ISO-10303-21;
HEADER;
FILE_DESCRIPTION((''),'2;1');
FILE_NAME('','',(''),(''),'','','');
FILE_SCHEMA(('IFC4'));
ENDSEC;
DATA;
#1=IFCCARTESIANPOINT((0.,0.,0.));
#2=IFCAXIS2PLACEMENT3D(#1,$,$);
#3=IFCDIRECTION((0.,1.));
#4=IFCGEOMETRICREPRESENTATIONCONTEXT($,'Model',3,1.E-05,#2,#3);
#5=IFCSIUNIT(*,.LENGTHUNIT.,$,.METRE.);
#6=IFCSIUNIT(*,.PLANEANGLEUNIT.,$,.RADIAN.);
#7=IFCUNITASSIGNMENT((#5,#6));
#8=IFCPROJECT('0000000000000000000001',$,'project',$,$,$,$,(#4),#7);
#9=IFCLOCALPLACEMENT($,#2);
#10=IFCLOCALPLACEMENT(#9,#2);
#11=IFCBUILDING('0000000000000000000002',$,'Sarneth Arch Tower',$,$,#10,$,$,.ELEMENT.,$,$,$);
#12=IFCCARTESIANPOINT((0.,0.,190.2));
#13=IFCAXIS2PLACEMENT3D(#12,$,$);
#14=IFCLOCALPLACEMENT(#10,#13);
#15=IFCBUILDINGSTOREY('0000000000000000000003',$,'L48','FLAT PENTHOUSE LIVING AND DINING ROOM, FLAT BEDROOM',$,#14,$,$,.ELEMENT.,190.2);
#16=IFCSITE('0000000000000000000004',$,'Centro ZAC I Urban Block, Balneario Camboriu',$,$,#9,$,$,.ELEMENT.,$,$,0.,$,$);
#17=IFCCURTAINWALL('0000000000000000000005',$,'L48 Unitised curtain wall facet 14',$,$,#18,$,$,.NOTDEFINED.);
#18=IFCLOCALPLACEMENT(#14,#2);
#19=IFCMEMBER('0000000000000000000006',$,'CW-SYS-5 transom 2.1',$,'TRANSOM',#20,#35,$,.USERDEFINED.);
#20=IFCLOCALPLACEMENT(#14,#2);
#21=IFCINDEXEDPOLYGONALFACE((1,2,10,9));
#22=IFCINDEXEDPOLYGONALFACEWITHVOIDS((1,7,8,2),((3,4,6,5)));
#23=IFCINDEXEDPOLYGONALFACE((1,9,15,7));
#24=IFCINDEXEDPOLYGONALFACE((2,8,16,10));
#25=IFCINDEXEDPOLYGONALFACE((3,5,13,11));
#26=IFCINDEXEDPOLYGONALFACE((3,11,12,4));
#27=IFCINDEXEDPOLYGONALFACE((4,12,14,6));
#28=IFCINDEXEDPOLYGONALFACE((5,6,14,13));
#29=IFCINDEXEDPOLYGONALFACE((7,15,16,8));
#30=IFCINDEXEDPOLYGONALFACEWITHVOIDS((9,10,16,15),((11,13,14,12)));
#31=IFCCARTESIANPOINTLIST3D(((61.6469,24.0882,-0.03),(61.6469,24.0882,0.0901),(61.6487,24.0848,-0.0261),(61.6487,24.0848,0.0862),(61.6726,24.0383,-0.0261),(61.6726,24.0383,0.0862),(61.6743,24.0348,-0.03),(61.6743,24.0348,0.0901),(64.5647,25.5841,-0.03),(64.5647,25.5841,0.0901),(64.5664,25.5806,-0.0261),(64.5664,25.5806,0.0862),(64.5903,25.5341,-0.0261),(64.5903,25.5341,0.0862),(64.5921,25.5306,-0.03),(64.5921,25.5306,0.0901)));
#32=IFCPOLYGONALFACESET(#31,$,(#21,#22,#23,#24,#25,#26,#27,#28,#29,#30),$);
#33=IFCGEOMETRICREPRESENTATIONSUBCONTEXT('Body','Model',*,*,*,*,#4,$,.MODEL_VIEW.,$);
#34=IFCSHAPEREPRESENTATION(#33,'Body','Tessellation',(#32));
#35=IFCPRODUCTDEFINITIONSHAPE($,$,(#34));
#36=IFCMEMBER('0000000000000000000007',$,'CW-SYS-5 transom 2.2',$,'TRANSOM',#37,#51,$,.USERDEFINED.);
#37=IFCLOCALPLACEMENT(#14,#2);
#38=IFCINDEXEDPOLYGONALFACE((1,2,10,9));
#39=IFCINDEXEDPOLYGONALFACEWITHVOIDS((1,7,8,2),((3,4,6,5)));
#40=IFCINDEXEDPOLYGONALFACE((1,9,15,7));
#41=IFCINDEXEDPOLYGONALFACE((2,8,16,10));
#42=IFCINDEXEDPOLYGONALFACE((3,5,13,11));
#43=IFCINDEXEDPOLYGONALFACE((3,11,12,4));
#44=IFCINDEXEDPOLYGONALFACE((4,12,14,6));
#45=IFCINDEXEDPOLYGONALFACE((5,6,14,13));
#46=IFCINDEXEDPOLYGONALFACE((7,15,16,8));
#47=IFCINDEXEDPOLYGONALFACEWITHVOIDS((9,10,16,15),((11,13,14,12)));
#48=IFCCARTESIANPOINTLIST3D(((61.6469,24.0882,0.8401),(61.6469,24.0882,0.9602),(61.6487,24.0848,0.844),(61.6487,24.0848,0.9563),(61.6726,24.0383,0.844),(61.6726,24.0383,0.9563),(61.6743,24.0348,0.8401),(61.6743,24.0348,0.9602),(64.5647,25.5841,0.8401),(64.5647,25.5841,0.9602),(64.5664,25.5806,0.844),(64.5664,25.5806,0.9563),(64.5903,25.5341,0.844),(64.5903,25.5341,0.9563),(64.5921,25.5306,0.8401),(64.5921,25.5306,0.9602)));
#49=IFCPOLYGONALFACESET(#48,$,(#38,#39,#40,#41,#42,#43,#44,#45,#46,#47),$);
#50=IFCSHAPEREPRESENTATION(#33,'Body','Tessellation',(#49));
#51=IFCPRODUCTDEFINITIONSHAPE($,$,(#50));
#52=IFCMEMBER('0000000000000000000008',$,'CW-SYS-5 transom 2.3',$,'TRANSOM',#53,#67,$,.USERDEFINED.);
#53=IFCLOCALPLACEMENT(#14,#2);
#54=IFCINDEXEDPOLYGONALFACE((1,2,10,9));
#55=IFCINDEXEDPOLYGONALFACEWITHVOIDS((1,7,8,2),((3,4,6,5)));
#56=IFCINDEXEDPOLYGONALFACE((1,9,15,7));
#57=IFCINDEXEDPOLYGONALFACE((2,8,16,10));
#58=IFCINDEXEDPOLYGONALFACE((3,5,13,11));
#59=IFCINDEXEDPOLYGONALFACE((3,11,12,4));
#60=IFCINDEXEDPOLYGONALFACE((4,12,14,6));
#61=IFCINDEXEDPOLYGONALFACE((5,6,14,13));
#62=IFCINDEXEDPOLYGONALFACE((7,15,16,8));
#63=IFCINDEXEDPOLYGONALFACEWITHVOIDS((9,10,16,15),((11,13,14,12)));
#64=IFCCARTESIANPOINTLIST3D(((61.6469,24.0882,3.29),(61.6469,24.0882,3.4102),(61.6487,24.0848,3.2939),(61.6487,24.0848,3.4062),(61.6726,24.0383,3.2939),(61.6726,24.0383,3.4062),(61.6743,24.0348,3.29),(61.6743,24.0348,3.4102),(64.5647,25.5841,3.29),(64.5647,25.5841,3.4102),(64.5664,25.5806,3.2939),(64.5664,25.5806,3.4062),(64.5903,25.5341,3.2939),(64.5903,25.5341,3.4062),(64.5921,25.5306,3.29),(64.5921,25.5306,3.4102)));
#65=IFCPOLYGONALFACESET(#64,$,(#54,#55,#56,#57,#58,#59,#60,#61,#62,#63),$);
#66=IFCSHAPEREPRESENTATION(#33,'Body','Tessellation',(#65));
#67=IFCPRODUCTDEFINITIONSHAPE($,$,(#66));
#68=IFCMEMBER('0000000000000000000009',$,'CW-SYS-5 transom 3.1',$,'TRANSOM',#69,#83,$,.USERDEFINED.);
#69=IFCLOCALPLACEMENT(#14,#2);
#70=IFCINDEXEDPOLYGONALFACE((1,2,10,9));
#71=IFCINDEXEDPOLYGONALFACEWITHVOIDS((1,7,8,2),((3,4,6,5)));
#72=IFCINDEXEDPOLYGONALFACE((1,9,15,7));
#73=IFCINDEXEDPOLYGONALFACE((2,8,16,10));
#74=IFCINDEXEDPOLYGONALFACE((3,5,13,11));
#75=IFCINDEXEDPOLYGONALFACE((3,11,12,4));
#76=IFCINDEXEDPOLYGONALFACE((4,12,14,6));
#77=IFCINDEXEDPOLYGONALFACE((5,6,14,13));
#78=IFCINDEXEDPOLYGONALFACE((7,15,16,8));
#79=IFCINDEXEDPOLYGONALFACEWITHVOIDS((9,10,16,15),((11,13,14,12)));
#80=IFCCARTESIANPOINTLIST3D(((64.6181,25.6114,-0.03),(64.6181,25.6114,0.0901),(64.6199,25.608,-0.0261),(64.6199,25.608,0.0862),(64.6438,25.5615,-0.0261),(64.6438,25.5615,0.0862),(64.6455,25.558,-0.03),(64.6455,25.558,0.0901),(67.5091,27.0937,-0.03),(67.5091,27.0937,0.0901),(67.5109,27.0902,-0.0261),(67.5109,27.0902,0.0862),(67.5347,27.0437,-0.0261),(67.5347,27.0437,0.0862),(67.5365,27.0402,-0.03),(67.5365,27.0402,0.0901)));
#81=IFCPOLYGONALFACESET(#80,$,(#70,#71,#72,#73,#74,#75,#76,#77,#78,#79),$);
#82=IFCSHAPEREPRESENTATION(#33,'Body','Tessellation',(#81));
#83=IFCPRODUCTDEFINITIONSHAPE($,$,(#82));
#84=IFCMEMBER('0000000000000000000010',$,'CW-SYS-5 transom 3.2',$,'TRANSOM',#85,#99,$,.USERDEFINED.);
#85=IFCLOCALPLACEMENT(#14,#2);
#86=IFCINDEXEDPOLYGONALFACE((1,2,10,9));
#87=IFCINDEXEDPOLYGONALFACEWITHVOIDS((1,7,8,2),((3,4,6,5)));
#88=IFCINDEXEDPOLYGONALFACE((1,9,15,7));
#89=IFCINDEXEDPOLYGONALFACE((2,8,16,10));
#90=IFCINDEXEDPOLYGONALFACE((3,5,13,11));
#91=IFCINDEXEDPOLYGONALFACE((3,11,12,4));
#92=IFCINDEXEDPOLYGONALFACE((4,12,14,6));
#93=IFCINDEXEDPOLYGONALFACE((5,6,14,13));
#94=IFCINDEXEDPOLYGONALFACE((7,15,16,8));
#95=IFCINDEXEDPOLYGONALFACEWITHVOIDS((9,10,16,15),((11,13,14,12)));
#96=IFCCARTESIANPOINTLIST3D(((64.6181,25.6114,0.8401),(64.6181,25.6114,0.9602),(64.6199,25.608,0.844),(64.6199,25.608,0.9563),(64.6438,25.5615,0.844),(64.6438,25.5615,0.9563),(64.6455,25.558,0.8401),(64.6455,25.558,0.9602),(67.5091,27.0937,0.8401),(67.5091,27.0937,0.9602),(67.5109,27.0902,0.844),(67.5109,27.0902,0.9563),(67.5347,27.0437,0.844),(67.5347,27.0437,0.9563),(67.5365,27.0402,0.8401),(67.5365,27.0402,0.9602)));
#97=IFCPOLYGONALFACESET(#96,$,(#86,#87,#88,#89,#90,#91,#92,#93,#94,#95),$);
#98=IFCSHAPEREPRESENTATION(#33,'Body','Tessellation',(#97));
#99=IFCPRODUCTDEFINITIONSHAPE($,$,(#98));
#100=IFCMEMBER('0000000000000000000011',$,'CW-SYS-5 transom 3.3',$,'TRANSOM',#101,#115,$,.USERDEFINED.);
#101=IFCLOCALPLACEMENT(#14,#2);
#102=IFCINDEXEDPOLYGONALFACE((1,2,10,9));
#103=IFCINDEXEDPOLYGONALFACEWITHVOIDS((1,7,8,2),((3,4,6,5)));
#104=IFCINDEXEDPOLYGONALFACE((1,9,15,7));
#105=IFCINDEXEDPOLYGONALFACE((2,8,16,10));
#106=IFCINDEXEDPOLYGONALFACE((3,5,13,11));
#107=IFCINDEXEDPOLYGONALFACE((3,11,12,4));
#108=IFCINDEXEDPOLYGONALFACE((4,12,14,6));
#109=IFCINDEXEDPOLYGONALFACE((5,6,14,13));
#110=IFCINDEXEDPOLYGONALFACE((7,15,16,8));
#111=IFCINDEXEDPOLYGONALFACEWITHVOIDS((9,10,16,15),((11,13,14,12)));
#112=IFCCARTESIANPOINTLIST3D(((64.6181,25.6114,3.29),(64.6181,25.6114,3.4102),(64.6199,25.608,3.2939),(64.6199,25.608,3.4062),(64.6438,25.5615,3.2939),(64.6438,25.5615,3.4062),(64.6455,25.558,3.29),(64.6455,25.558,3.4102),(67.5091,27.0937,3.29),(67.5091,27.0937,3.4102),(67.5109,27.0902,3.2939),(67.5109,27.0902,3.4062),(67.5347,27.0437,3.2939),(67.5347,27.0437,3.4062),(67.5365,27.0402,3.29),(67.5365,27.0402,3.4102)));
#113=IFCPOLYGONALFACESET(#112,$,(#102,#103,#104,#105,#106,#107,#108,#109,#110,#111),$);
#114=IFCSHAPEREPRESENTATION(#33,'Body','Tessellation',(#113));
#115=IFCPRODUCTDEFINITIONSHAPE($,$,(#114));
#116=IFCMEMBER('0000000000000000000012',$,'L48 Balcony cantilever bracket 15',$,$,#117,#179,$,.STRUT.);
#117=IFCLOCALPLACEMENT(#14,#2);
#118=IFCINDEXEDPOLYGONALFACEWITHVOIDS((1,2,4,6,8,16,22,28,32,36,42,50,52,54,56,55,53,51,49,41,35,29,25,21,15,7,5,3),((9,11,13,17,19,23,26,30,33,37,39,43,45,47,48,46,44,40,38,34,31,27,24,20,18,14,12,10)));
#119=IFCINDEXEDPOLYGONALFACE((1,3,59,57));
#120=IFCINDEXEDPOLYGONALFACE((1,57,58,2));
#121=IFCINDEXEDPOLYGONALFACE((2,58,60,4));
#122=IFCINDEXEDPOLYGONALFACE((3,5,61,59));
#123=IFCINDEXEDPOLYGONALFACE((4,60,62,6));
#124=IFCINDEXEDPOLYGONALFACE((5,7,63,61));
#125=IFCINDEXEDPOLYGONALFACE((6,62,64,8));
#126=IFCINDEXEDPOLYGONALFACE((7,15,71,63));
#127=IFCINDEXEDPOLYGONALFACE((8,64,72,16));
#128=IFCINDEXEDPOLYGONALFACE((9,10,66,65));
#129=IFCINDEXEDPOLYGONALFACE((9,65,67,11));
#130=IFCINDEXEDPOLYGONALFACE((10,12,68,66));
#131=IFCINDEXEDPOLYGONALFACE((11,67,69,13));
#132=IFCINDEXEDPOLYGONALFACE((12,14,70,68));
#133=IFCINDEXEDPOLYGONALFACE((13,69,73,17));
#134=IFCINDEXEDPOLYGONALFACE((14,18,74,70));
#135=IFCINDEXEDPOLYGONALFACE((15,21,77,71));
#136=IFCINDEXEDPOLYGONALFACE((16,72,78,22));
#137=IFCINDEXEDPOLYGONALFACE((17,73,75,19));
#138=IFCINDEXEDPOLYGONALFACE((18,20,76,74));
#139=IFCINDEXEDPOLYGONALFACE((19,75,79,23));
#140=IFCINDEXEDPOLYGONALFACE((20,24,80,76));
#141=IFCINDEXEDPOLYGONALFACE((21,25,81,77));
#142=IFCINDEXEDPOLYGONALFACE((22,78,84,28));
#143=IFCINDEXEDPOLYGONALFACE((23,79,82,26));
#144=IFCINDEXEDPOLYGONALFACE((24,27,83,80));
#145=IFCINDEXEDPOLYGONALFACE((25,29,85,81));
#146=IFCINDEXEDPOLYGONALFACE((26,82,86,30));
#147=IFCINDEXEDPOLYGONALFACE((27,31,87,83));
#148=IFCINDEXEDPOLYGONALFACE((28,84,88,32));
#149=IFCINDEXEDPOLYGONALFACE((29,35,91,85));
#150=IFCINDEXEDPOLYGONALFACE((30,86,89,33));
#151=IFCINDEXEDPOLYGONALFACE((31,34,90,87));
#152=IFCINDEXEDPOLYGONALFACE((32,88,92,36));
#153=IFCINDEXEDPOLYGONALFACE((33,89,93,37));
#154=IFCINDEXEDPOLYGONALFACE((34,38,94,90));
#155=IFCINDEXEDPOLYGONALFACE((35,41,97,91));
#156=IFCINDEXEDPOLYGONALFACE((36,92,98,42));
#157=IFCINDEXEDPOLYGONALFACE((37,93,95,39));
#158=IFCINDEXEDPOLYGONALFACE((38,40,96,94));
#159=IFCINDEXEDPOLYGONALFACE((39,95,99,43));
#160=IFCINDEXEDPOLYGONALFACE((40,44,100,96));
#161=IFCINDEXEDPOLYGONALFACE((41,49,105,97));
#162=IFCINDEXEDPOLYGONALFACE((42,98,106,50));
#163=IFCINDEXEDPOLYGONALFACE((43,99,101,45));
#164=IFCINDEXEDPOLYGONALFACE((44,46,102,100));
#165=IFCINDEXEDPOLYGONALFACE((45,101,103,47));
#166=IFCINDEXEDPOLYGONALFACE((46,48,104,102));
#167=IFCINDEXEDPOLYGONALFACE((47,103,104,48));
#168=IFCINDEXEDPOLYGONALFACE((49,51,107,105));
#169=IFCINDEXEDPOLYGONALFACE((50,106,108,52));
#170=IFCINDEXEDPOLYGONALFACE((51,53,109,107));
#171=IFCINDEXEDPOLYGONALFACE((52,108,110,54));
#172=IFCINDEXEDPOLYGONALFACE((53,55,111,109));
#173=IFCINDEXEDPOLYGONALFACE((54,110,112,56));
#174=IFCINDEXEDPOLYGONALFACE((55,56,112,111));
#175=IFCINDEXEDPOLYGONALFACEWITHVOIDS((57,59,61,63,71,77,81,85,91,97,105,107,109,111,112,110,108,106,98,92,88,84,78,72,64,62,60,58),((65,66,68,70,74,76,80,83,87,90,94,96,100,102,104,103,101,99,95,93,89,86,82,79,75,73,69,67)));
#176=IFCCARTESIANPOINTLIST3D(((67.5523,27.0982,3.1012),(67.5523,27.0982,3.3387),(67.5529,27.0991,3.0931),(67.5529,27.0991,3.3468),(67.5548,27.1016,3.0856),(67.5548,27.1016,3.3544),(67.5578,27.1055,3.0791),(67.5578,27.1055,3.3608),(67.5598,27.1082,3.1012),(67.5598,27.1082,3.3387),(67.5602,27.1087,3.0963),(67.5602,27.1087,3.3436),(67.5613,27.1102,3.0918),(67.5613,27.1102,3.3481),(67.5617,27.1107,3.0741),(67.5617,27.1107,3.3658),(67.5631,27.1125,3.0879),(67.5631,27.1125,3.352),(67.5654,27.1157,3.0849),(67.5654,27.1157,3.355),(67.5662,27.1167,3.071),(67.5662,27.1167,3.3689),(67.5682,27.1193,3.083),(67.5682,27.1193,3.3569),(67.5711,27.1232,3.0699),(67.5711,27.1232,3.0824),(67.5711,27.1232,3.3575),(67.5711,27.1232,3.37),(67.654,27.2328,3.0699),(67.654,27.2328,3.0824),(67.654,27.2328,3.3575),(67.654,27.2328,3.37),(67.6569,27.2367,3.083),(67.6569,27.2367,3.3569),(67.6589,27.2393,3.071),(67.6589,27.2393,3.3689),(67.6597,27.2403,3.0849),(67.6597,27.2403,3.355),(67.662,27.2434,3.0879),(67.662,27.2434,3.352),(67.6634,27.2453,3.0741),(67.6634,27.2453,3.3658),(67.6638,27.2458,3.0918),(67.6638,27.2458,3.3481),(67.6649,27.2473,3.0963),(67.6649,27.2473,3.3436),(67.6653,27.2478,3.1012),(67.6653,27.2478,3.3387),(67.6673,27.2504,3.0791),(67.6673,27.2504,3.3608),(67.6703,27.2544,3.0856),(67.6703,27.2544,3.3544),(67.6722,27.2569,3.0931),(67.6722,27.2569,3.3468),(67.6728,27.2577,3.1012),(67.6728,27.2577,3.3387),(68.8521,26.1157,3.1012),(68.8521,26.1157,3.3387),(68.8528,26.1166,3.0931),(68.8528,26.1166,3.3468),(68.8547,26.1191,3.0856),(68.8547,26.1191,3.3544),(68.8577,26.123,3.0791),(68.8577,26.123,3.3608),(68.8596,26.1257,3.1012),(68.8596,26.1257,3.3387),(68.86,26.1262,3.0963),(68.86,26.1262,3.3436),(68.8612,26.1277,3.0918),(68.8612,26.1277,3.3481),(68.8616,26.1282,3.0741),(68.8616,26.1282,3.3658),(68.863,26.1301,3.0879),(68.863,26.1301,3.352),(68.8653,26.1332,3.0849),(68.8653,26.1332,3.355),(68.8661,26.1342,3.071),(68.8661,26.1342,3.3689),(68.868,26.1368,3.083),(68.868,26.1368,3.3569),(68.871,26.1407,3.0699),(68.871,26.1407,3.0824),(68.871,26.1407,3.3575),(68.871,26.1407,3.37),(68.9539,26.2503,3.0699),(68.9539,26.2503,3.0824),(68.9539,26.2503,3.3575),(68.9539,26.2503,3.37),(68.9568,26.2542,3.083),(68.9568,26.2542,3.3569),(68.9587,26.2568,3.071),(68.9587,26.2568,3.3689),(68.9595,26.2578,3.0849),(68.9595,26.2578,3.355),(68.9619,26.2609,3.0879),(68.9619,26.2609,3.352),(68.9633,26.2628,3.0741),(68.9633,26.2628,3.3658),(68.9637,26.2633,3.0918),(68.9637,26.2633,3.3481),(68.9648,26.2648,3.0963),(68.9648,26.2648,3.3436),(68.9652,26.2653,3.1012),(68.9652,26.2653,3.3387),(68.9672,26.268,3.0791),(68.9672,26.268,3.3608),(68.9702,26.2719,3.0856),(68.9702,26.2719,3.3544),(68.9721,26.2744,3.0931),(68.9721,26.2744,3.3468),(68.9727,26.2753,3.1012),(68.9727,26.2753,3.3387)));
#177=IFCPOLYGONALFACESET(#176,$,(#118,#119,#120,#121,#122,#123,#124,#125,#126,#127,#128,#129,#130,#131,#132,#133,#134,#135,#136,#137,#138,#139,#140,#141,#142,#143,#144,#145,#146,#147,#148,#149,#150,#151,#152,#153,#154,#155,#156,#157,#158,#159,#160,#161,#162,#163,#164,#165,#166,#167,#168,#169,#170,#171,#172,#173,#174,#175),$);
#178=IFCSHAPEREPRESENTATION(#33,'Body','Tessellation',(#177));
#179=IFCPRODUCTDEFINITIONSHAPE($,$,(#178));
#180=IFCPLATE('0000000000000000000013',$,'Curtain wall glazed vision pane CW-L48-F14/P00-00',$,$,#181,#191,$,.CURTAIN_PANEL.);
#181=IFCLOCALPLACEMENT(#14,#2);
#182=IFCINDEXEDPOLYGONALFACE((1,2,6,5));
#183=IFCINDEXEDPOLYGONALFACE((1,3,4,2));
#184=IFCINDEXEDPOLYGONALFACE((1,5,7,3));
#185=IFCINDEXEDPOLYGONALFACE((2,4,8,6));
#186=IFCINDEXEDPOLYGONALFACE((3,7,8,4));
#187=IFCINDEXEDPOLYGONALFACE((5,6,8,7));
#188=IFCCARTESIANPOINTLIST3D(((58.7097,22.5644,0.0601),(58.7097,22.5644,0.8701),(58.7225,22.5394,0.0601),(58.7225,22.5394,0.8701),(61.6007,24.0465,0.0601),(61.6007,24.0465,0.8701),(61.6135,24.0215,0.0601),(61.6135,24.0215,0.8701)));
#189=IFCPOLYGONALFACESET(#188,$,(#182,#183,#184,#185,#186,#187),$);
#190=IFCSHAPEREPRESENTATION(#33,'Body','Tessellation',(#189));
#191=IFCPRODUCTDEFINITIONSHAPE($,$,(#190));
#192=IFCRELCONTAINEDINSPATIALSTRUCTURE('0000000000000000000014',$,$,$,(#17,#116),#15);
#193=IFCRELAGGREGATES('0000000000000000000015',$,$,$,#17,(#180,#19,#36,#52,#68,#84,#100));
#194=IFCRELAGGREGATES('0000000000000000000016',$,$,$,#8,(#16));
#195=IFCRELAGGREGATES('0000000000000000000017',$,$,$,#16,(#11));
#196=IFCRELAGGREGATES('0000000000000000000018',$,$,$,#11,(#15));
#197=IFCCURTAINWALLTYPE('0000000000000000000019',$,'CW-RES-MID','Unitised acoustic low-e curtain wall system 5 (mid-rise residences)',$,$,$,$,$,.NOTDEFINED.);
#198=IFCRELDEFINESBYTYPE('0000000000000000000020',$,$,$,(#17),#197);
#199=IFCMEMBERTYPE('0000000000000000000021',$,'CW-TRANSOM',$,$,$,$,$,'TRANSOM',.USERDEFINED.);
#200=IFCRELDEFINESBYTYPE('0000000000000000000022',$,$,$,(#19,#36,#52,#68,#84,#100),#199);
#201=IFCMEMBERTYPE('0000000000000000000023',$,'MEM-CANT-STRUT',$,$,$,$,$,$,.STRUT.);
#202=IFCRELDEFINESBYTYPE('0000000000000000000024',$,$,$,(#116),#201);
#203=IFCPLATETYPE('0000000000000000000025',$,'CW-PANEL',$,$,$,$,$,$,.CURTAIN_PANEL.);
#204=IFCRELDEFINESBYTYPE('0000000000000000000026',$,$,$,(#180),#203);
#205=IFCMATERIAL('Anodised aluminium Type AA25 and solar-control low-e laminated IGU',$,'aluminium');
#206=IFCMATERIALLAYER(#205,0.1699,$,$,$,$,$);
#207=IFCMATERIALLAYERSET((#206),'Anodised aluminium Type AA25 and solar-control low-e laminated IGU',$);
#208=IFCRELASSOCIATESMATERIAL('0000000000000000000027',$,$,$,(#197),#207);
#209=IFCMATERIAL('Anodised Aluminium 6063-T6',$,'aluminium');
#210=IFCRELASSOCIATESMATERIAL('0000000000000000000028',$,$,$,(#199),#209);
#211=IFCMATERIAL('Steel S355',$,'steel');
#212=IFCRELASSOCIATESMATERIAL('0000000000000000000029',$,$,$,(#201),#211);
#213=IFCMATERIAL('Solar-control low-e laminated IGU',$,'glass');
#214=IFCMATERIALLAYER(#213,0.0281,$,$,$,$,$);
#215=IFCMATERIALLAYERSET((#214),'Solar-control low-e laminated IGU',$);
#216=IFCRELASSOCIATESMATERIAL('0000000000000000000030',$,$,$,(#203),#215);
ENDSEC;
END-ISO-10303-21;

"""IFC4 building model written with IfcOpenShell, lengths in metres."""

from ifc_helpers import new_model, si_unit, direction, frame, origin, origin_2d, place, context, subcontext, project, spatial, rectangle, hollow_rectangle, extrude, material, layer, layer_set, material_profile, profile_set, type_object, element, aggregate, save


model = new_model("IFC4")

# Units and contexts
model_context = context("Model", 3, precision=1e-05, world=origin(), true_north=direction((0.0, 1.0)))
body_context = subcontext(model_context, "Body", "Model", "MODEL_VIEW")
ifc_project = project(units=[si_unit("LENGTHUNIT", "METRE"), si_unit("PLANEANGLEUNIT", "RADIAN")], contexts=[model_context])

# Site, building, storey
site_placement = place(None, origin())
site = spatial("IfcSite", under=ifc_project, at=site_placement, Name="Centro ZAC I Urban Block, Balneario Camboriu", CompositionType="ELEMENT", RefElevation=0.0)
building_placement = place(site_placement, origin())
building = spatial("IfcBuilding", under=site, at=building_placement, Name="Sarneth Arch Tower", CompositionType="ELEMENT")
storey_placement = place(building_placement, frame((0.0, 0.0, 190.2)))
storey = spatial("IfcBuildingStorey", under=building, at=storey_placement, Name="L48", Description="FLAT PENTHOUSE LIVING AND DINING ROOM, FLAT BEDROOM", CompositionType="ELEMENT", Elevation=190.2)

# Curtain wall, members
ifc_material_1 = material(Name="Anodised aluminium Type AA25 and solar-control low-e laminated IGU", Category="aluminium")
ifc_layer_1 = layer(ifc_material_1, 0.1699)
ifc_layer_set_1 = layer_set([ifc_layer_1], Name="Anodised aluminium Type AA25 and solar-control low-e laminated IGU")
curtain_wall_type = type_object("IfcCurtainWallType", Name="CW-RES-MID", Description="Unitised acoustic low-e curtain wall system 5 (mid-rise residences)", PredefinedType="NOTDEFINED", material=ifc_layer_set_1)
curtain_wall_placement = place(storey_placement, origin())
curtain_wall = element("IfcCurtainWall", 1, at=curtain_wall_placement, inside=storey, type_object=curtain_wall_type, Name="L48 Unitised curtain wall facet 14", PredefinedType="NOTDEFINED")
ifc_material_2 = material(Name="Anodised Aluminium 6063-T6", Category="aluminium")
ifc_material_profile_1 = material_profile(ifc_material_2, hollow_rectangle(XDim=0.0601, YDim=0.1201, WallThickness=0.0039, at=origin_2d()), Name="AL-TRAN-120x60x4")
ifc_profile_set_1 = profile_set([ifc_material_profile_1], Name="Anodised Aluminium 6063-T6")
member_type_1 = type_object("IfcMemberType", Name="CW-TRANSOM", ElementType="TRANSOM", PredefinedType="USERDEFINED", material=ifc_profile_set_1)
member_1_placement = place(storey_placement, frame((61.6606, 24.0615, 0.03), z_axis=(0.889869, 0.456215, 0.0), x_axis=(-0.456215, 0.889869, 0.0)))
member_1 = element("IfcMember", 2, at=member_1_placement, type_object=member_type_1, Name="CW-SYS-5 transom 2.1", ObjectType="TRANSOM", PredefinedType="USERDEFINED", context=body_context, shape_type="SweptSolid", body=[
    extrude(hollow_rectangle(XDim=0.0601, YDim=0.1201, WallThickness=0.0039, at=origin_2d()), origin(), (0.0, 0.0, 1.0), 3.2788),
])
member_2_placement = place(storey_placement, frame((61.6606, 24.0615, 0.9001), z_axis=(0.889869, 0.456215, 0.0), x_axis=(-0.456215, 0.889869, 0.0)))
member_2 = element("IfcMember", 3, at=member_2_placement, type_object=member_type_1, Name="CW-SYS-5 transom 2.2", ObjectType="TRANSOM", PredefinedType="USERDEFINED", context=body_context, shape_type="SweptSolid", body=[
    extrude(hollow_rectangle(XDim=0.0601, YDim=0.1201, WallThickness=0.0039, at=origin_2d()), origin(), (0.0, 0.0, 1.0), 3.2788),
])
member_3_placement = place(storey_placement, frame((61.6606, 24.0615, 3.3501), z_axis=(0.889869, 0.456215, 0.0), x_axis=(-0.456215, 0.889869, 0.0)))
member_3 = element("IfcMember", 4, at=member_3_placement, type_object=member_type_1, Name="CW-SYS-5 transom 2.3", ObjectType="TRANSOM", PredefinedType="USERDEFINED", context=body_context, shape_type="SweptSolid", body=[
    extrude(hollow_rectangle(XDim=0.0601, YDim=0.1201, WallThickness=0.0039, at=origin_2d()), origin(), (0.0, 0.0, 1.0), 3.2788),
])
member_4_placement = place(storey_placement, frame((64.6318, 25.5847, 0.03), z_axis=(0.889857, 0.456239, 0.0), x_axis=(-0.456239, 0.889857, 0.0)))
member_4 = element("IfcMember", 5, at=member_4_placement, type_object=member_type_1, Name="CW-SYS-5 transom 3.1", ObjectType="TRANSOM", PredefinedType="USERDEFINED", context=body_context, shape_type="SweptSolid", body=[
    extrude(hollow_rectangle(XDim=0.0601, YDim=0.1201, WallThickness=0.0039, at=origin_2d()), origin(), (0.0, 0.0, 1.0), 3.2488),
])
member_5_placement = place(storey_placement, frame((64.6318, 25.5847, 0.9001), z_axis=(0.889857, 0.456239, 0.0), x_axis=(-0.456239, 0.889857, 0.0)))
member_5 = element("IfcMember", 6, at=member_5_placement, type_object=member_type_1, Name="CW-SYS-5 transom 3.2", ObjectType="TRANSOM", PredefinedType="USERDEFINED", context=body_context, shape_type="SweptSolid", body=[
    extrude(hollow_rectangle(XDim=0.0601, YDim=0.1201, WallThickness=0.0039, at=origin_2d()), origin(), (0.0, 0.0, 1.0), 3.2488),
])
member_6_placement = place(storey_placement, frame((64.6318, 25.5847, 3.3501), z_axis=(0.889857, 0.456239, 0.0), x_axis=(-0.456239, 0.889857, 0.0)))
member_6 = element("IfcMember", 7, at=member_6_placement, type_object=member_type_1, Name="CW-SYS-5 transom 3.3", ObjectType="TRANSOM", PredefinedType="USERDEFINED", context=body_context, shape_type="SweptSolid", body=[
    extrude(hollow_rectangle(XDim=0.0601, YDim=0.1201, WallThickness=0.0039, at=origin_2d()), origin(), (0.0, 0.0, 1.0), 3.2488),
])

# Member
ifc_material_3 = material(Name="Steel S355", Category="steel")
ifc_material_profile_2 = material_profile(ifc_material_3, hollow_rectangle(XDim=0.2, YDim=0.3, WallThickness=0.0125, InnerFilletRadius=0.0188, OuterFilletRadius=0.0312, at=origin_2d()), Name="RHS300x200x12.5")
ifc_profile_set_2 = profile_set([ifc_material_profile_2], Name="Steel S355")
member_type_2 = type_object("IfcMemberType", Name="MEM-CANT-STRUT", PredefinedType="STRUT", material=ifc_profile_set_2)
member_7_placement = place(storey_placement, frame((67.6125, 27.178, 3.22), z_axis=(0.797765, -0.602969, 0.0), x_axis=(0.602969, 0.797765, 0.0)))
element("IfcMember", 8, at=member_7_placement, inside=storey, type_object=member_type_2, Name="L48 Balcony cantilever bracket 15", PredefinedType="STRUT", context=body_context, shape_type="SweptSolid", body=[
    extrude(hollow_rectangle(XDim=0.2, YDim=0.3, WallThickness=0.0125, InnerFilletRadius=0.0188, OuterFilletRadius=0.0312, at=origin_2d()), origin(), (0.0, 0.0, 1.0), 1.6294),
])

# Plate
ifc_material_4 = material(Name="Solar-control low-e laminated IGU", Category="glass")
ifc_layer_2 = layer(ifc_material_4, 0.0281)
ifc_layer_set_2 = layer_set([ifc_layer_2], Name="Solar-control low-e laminated IGU")
plate_type_1 = type_object("IfcPlateType", Name="CW-PANEL", PredefinedType="CURTAIN_PANEL", material=ifc_layer_set_2)
plate_1_placement = place(storey_placement, frame((60.1616, 23.293, 0.0601), z_axis=(0.0, 0.0, 1.0), x_axis=(0.889873, 0.456208, 0.0)))
plate_1 = element("IfcPlate", 9, at=plate_1_placement, type_object=plate_type_1, Name="Curtain wall glazed vision pane CW-L48-F14/P00-00", PredefinedType="CURTAIN_PANEL", context=body_context, shape_type="SweptSolid", body=[
    extrude(rectangle(XDim=3.2488, YDim=0.0281, at=origin_2d()), origin(), (0.0, 0.0, 1.0), 0.8101),
])
aggregate(curtain_wall, [plate_1, member_1, member_2, member_3, member_4, member_5, member_6])

save(model, "model.ifc")
